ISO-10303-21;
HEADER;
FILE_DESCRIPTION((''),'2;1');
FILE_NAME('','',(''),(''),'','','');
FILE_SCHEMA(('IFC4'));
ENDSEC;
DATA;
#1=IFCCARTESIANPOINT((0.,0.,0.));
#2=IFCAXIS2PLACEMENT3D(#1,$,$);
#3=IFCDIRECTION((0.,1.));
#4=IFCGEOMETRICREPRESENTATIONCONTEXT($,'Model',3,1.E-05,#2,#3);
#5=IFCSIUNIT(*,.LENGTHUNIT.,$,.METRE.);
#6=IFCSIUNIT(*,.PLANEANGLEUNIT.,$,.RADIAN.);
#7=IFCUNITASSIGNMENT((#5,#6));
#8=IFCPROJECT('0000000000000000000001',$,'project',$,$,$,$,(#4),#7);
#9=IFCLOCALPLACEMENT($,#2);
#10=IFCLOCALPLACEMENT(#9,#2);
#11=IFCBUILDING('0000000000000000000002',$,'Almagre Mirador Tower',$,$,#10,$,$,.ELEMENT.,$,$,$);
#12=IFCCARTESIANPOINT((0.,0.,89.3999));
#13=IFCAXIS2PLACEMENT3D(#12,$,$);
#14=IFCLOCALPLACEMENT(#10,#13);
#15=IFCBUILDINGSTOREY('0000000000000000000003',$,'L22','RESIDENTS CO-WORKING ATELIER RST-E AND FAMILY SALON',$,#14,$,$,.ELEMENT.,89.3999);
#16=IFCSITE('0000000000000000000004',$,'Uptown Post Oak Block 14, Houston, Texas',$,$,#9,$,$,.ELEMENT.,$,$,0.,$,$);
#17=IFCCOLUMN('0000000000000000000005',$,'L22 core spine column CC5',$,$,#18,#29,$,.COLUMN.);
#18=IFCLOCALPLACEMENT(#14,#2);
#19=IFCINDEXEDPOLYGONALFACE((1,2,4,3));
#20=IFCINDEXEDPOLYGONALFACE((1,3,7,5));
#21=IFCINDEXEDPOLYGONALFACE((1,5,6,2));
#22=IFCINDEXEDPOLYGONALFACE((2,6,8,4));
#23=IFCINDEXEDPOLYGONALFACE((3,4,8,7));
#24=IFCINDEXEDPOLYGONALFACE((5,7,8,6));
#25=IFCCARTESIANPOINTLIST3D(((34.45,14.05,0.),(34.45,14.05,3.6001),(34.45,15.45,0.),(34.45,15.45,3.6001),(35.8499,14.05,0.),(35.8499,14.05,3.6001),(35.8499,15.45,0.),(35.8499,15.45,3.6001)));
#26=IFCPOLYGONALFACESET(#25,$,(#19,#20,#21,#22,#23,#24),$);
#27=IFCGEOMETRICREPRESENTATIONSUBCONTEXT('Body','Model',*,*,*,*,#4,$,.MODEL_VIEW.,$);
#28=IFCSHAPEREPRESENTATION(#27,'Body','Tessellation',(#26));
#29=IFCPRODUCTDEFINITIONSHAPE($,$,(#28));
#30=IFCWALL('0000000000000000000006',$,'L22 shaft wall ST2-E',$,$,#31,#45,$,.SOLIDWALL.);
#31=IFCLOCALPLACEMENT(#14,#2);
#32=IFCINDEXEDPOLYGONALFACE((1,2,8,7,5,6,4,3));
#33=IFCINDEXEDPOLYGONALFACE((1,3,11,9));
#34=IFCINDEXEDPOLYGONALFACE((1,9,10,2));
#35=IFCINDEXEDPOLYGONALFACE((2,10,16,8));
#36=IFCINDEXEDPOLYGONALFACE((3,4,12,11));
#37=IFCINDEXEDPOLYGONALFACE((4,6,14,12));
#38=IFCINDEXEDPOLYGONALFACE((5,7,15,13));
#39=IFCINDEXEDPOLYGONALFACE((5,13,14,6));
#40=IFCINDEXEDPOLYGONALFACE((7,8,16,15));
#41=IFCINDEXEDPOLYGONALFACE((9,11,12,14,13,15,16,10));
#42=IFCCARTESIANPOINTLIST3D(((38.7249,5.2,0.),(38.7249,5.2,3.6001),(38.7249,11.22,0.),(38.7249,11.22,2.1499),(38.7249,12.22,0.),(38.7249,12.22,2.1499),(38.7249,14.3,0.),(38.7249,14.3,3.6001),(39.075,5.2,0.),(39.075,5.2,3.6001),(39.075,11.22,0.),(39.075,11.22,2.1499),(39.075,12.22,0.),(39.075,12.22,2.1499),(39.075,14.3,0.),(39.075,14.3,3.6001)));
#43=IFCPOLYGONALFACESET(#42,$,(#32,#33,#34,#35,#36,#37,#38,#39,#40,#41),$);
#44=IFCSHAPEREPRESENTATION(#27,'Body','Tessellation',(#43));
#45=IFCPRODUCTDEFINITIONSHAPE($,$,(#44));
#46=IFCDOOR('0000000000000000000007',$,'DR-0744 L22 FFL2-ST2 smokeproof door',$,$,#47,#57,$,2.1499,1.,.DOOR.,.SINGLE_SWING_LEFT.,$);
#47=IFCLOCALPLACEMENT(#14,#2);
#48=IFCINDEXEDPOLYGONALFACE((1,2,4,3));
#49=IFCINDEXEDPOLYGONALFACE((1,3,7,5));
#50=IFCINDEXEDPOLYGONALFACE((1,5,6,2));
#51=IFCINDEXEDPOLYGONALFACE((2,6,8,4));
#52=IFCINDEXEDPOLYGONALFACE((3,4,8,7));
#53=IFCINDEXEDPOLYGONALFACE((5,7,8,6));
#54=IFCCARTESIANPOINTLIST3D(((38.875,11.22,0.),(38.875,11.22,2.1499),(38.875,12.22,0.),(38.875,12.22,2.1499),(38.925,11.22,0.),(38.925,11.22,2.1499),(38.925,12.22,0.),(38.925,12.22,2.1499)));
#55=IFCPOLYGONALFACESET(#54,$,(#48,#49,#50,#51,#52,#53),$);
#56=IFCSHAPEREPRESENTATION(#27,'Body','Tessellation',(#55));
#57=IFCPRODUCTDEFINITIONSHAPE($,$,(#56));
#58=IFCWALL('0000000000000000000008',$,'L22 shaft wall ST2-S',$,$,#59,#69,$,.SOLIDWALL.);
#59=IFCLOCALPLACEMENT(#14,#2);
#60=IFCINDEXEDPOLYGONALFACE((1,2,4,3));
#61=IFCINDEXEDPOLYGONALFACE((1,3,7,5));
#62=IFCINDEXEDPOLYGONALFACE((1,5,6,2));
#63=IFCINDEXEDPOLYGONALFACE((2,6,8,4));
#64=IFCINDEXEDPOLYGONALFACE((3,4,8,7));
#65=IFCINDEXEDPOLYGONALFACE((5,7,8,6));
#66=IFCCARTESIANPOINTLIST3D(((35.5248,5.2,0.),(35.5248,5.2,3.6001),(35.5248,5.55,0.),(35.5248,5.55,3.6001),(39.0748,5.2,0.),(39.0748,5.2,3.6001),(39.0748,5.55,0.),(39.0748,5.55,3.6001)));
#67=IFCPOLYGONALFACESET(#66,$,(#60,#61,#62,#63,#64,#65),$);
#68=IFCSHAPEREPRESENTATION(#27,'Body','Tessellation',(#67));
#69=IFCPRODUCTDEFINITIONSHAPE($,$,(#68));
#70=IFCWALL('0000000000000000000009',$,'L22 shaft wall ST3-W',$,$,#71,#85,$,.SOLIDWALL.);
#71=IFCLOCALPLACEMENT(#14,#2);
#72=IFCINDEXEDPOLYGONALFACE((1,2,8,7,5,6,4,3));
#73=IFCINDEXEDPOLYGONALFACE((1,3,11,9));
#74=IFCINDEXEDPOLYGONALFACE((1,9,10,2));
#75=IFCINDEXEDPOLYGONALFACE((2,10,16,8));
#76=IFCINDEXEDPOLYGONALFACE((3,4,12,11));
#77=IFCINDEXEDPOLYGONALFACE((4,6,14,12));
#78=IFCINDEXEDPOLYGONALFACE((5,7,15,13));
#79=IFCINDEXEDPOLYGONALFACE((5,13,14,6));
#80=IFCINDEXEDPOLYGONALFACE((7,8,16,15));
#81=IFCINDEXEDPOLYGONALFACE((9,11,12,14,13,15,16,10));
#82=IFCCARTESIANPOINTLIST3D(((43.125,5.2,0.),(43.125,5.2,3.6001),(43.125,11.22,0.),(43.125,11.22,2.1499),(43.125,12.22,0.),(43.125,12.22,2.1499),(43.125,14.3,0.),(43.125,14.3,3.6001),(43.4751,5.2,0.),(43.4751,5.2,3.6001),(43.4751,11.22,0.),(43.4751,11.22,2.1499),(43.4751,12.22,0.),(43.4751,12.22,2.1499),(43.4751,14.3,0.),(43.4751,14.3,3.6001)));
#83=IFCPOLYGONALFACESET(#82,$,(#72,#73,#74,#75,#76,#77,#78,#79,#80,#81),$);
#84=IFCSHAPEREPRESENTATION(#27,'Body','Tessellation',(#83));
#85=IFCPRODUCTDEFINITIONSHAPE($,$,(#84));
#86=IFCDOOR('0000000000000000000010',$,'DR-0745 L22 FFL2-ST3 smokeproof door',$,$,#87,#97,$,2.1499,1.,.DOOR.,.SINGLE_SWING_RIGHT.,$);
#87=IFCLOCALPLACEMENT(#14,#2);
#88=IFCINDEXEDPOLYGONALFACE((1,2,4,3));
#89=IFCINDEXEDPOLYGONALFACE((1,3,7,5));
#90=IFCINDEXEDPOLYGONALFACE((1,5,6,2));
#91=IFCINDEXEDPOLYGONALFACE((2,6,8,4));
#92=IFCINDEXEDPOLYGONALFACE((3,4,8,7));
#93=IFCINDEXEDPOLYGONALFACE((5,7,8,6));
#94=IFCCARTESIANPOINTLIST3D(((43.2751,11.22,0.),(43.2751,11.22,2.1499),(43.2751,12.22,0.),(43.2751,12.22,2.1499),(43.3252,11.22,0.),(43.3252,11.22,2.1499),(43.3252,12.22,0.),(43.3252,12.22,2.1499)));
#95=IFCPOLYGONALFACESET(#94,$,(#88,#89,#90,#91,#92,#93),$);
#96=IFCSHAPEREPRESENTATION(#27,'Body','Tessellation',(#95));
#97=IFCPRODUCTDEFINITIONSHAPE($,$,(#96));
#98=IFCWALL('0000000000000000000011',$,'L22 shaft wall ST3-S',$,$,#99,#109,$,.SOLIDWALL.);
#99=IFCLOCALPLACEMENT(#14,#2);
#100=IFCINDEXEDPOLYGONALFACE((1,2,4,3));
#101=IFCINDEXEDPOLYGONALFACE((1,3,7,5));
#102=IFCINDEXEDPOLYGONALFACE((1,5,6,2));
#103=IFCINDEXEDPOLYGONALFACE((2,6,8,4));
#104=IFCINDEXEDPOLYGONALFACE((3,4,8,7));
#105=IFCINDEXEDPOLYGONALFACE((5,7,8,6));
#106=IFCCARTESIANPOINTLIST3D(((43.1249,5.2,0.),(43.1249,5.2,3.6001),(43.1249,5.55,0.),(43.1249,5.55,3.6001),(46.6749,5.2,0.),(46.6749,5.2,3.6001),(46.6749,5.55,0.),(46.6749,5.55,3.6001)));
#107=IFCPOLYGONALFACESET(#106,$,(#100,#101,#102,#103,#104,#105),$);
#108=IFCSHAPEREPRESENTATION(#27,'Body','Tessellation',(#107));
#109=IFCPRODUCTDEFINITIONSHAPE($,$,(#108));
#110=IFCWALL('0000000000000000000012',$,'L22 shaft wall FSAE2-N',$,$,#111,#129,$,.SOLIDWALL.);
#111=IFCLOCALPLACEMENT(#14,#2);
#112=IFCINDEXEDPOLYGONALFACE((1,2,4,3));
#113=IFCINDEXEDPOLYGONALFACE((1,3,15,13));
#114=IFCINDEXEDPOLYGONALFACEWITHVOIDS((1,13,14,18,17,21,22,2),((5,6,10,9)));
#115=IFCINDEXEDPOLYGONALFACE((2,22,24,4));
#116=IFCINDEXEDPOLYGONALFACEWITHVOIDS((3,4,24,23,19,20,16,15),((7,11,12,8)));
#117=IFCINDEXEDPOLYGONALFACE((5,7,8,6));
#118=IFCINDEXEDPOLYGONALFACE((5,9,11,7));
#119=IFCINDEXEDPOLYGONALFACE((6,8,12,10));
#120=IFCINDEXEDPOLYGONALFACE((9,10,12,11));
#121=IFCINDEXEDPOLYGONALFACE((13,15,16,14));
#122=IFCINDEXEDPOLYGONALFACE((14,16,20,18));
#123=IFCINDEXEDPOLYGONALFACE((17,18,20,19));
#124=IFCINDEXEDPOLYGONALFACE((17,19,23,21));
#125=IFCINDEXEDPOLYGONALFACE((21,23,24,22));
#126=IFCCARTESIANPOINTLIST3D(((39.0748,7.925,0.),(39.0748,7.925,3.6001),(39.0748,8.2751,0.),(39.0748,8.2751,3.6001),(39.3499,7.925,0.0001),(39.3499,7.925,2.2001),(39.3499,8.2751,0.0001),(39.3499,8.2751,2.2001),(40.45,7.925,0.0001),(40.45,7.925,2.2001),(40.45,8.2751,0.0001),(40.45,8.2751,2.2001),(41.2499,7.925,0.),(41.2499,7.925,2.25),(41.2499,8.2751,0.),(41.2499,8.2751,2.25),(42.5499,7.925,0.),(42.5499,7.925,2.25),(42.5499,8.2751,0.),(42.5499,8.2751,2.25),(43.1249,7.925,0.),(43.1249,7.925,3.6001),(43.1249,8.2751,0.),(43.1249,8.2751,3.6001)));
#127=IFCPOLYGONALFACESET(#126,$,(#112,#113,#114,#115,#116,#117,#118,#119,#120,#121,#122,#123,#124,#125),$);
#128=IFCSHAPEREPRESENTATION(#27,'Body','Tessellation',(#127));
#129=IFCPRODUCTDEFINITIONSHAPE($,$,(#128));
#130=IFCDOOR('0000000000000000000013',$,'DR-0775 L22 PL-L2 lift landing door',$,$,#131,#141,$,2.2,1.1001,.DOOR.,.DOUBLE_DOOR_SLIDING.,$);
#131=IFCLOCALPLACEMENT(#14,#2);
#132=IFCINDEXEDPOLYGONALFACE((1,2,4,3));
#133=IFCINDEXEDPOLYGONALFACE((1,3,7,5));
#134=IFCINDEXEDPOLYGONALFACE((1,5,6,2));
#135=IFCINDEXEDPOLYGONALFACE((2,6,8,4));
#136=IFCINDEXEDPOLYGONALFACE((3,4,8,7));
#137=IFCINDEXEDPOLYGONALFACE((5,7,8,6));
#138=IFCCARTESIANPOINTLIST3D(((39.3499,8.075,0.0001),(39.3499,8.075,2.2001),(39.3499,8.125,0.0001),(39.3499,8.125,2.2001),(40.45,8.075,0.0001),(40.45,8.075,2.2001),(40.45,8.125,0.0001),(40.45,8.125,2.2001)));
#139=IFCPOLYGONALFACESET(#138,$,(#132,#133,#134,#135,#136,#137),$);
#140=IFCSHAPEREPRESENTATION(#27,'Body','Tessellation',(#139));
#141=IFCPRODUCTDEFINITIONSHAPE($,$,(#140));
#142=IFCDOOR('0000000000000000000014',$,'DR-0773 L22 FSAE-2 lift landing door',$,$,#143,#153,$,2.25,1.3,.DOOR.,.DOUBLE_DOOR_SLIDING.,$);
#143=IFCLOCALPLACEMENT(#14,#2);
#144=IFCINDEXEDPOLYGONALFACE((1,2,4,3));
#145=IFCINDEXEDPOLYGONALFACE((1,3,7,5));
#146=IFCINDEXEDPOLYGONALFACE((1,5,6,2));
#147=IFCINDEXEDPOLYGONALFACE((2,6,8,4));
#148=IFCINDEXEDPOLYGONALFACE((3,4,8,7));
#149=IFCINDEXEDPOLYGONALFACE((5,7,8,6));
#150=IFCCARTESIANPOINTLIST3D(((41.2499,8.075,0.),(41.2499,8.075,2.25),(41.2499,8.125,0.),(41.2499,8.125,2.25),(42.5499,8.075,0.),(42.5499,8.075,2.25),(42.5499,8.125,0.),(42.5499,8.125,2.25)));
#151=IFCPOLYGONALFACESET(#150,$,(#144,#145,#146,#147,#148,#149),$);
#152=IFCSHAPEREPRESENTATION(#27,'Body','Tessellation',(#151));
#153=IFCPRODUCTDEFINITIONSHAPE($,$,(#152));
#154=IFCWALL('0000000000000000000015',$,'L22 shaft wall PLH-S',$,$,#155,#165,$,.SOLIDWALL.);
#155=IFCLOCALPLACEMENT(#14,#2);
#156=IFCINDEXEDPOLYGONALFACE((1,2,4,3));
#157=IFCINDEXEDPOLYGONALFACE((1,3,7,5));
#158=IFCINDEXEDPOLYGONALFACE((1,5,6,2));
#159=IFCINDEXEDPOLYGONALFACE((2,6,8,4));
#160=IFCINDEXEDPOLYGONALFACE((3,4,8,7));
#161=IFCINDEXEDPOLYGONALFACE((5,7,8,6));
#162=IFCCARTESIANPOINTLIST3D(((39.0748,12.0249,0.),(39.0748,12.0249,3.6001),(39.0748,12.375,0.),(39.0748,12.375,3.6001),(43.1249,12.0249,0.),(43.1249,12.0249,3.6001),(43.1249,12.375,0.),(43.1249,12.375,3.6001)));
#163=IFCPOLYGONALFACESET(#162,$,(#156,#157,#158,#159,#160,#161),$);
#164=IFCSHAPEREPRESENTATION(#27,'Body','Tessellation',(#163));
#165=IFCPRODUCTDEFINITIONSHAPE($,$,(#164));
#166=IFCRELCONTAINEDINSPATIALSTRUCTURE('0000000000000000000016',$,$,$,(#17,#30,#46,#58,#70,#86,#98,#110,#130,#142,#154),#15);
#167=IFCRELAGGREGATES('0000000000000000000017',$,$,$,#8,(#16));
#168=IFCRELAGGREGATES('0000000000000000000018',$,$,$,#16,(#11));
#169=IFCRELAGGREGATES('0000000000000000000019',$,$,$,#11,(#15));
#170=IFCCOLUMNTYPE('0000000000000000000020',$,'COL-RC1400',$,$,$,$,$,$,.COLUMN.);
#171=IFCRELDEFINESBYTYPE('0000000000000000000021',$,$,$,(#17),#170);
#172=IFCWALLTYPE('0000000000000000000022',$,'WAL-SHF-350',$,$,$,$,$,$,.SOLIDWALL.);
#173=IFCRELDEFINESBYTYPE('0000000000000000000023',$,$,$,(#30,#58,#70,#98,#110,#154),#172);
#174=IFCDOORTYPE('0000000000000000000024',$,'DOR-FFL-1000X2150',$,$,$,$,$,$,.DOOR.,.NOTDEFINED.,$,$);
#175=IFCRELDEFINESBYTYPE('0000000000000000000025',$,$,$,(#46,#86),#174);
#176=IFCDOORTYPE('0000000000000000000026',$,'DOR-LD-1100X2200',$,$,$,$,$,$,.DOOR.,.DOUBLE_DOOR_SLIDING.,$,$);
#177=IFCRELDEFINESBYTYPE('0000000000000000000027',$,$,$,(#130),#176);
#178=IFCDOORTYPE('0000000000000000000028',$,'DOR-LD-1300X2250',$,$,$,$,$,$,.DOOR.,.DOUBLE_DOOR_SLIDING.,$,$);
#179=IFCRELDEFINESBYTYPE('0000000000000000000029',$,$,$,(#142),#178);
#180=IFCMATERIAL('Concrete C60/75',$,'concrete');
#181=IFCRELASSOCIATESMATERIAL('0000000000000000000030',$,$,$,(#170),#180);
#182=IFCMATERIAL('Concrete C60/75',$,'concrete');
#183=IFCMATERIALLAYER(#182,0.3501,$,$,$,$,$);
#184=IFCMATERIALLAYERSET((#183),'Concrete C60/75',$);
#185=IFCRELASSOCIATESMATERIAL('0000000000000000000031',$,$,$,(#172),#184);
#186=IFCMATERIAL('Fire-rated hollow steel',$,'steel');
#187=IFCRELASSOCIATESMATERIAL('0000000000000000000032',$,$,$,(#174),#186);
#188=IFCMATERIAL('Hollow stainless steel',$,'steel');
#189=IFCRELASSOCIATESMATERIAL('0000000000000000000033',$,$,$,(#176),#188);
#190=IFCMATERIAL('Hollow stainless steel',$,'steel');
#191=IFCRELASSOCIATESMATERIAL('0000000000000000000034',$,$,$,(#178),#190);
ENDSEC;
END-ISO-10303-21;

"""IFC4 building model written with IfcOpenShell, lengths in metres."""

from ifc_helpers import new_model, si_unit, direction, frame, frame_2d, origin, origin_2d, place, context, subcontext, project, spatial, rectangle, extrude, material, layer, layer_set, material_profile, profile_set, type_object, element, fill, save


model = new_model("IFC4")

# Units and contexts
model_context = context("Model", 3, precision=1e-05, world=origin(), true_north=direction((0.0, 1.0)))
body_context = subcontext(model_context, "Body", "Model", "MODEL_VIEW")
ifc_project = project(units=[si_unit("LENGTHUNIT", "METRE"), si_unit("PLANEANGLEUNIT", "RADIAN")], contexts=[model_context])

# Site, building, storey
site_placement = place(None, origin())
site = spatial("IfcSite", under=ifc_project, at=site_placement, Name="Uptown Post Oak Block 14, Houston, Texas", CompositionType="ELEMENT", RefElevation=0.0)
building_placement = place(site_placement, origin())
building = spatial("IfcBuilding", under=site, at=building_placement, Name="Almagre Mirador Tower", CompositionType="ELEMENT")
storey_placement = place(building_placement, frame((0.0, 0.0, 89.3999)))
storey = spatial("IfcBuildingStorey", under=building, at=storey_placement, Name="L22", Description="RESIDENTS CO-WORKING ATELIER RST-E AND FAMILY SALON", CompositionType="ELEMENT", Elevation=89.3999)

# Column
ifc_material_1 = material(Name="Concrete C60/75", Category="concrete")
ifc_material_profile = material_profile(ifc_material_1, rectangle(XDim=1.3999, YDim=1.3999, at=origin_2d()), Name="RC1400X1400")
ifc_profile_set = profile_set([ifc_material_profile], Name="Concrete C60/75")
column_type = type_object("IfcColumnType", Name="COL-RC1400", PredefinedType="COLUMN", material=ifc_profile_set)
column_placement = place(storey_placement, frame((35.1499, 14.75, 0.0), z_axis=(0.0, 0.0, 1.0), x_axis=(1.0, 0.0, 0.0)))
element("IfcColumn", 1, at=column_placement, inside=storey, type_object=column_type, Name="L22 core spine column CC5", PredefinedType="COLUMN", context=body_context, shape_type="SweptSolid", body=[
    extrude(rectangle(XDim=1.3999, YDim=1.3999, at=origin_2d()), origin(), (0.0, 0.0, 1.0), 3.6001),
])

# Wall, opening, door
ifc_material_2 = material(Name="Concrete C60/75", Category="concrete")
ifc_layer = layer(ifc_material_2, 0.3501)
ifc_layer_set = layer_set([ifc_layer], Name="Concrete C60/75")
wall_type = type_object("IfcWallType", Name="WAL-SHF-350", PredefinedType="SOLIDWALL", material=ifc_layer_set)
wall_1_placement = place(storey_placement, frame((38.8999, 5.2, 0.0), z_axis=(0.0, 0.0, 1.0), x_axis=(0.0, 1.0, 0.0)))
wall_1 = element("IfcWall", 2, at=wall_1_placement, inside=storey, type_object=wall_type, Name="L22 shaft wall ST2-E", PredefinedType="SOLIDWALL", context=body_context, shape_type="SweptSolid", body=[
    extrude(rectangle(XDim=9.1001, YDim=0.3501, at=frame_2d((4.55, 0.0))), origin(), (0.0, 0.0, 1.0), 3.6001),
])
opening_1_placement = place(wall_1_placement, frame((6.02, 0.0, 0.0)))
opening_1 = element("IfcOpeningElement", 3, at=opening_1_placement, cuts=wall_1, PredefinedType="OPENING", context=body_context, shape_type="SweptSolid", body=[
    extrude(rectangle(XDim=1.0, YDim=2.1499, at=frame_2d((0.5, 1.075))), frame((0.0, 0.185, 0.0), z_axis=(0.0, -1.0, 0.0), x_axis=(1.0, 0.0, 0.0)), (0.0, 0.0, 1.0), 0.3701),
])
ifc_material_3 = material(Name="Fire-rated hollow steel", Category="steel")
door_type_1 = type_object("IfcDoorType", Name="DOR-FFL-1000X2150", OperationType="NOTDEFINED", PredefinedType="DOOR", material=ifc_material_3)
door_1_placement = place(opening_1_placement, origin())
door_1 = element("IfcDoor", 4, at=door_1_placement, inside=storey, type_object=door_type_1, Name="DR-0744 L22 FFL2-ST2 smokeproof door", OperationType="SINGLE_SWING_LEFT", OverallHeight=2.1499, OverallWidth=1.0, PredefinedType="DOOR", context=body_context, shape_type="SweptSolid", body=[
    extrude(rectangle(XDim=1.0, YDim=2.1499, at=frame_2d((0.5, 1.075))), frame((0.0, 0.0249, 0.0), z_axis=(0.0, -1.0, 0.0), x_axis=(1.0, 0.0, 0.0)), (0.0, 0.0, 1.0), 0.05),
])
fill(opening_1, door_1)

# Wall
wall_2_placement = place(storey_placement, frame((35.5249, 5.375, 0.0), z_axis=(0.0, 0.0, 1.0), x_axis=(1.0, 0.0, 0.0)))
element("IfcWall", 5, at=wall_2_placement, inside=storey, type_object=wall_type, Name="L22 shaft wall ST2-S", PredefinedType="SOLIDWALL", context=body_context, shape_type="SweptSolid", body=[
    extrude(rectangle(XDim=3.55, YDim=0.3501, at=frame_2d((1.7749, 0.0))), origin(), (0.0, 0.0, 1.0), 3.6001),
])

# Wall, opening, door
wall_3_placement = place(storey_placement, frame((43.3, 5.2, 0.0), z_axis=(0.0, 0.0, 1.0), x_axis=(0.0, 1.0, 0.0)))
wall_3 = element("IfcWall", 6, at=wall_3_placement, inside=storey, type_object=wall_type, Name="L22 shaft wall ST3-W", PredefinedType="SOLIDWALL", context=body_context, shape_type="SweptSolid", body=[
    extrude(rectangle(XDim=9.1001, YDim=0.3501, at=frame_2d((4.55, 0.0))), origin(), (0.0, 0.0, 1.0), 3.6001),
])
opening_2_placement = place(wall_3_placement, frame((6.02, 0.0, 0.0)))
opening_2 = element("IfcOpeningElement", 7, at=opening_2_placement, cuts=wall_3, PredefinedType="OPENING", context=body_context, shape_type="SweptSolid", body=[
    extrude(rectangle(XDim=1.0, YDim=2.1499, at=frame_2d((0.5, 1.075))), frame((0.0, 0.185, 0.0), z_axis=(0.0, -1.0, 0.0), x_axis=(1.0, 0.0, 0.0)), (0.0, 0.0, 1.0), 0.3701),
])
door_2_placement = place(opening_2_placement, origin())
door_2 = element("IfcDoor", 8, at=door_2_placement, inside=storey, type_object=door_type_1, Name="DR-0745 L22 FFL2-ST3 smokeproof door", OperationType="SINGLE_SWING_RIGHT", OverallHeight=2.1499, OverallWidth=1.0, PredefinedType="DOOR", context=body_context, shape_type="SweptSolid", body=[
    extrude(rectangle(XDim=1.0, YDim=2.1499, at=frame_2d((0.5, 1.075))), frame((0.0, 0.0249, 0.0), z_axis=(0.0, -1.0, 0.0), x_axis=(1.0, 0.0, 0.0)), (0.0, 0.0, 1.0), 0.05),
])
fill(opening_2, door_2)

# Wall
wall_4_placement = place(storey_placement, frame((43.125, 5.375, 0.0), z_axis=(0.0, 0.0, 1.0), x_axis=(1.0, 0.0, 0.0)))
element("IfcWall", 9, at=wall_4_placement, inside=storey, type_object=wall_type, Name="L22 shaft wall ST3-S", PredefinedType="SOLIDWALL", context=body_context, shape_type="SweptSolid", body=[
    extrude(rectangle(XDim=3.55, YDim=0.3501, at=frame_2d((1.7749, 0.0))), origin(), (0.0, 0.0, 1.0), 3.6001),
])

# Wall, openings, doors
wall_5_placement = place(storey_placement, frame((39.075, 8.1001, 0.0), z_axis=(0.0, 0.0, 1.0), x_axis=(1.0, 0.0, 0.0)))
wall_5 = element("IfcWall", 10, at=wall_5_placement, inside=storey, type_object=wall_type, Name="L22 shaft wall FSAE2-N", PredefinedType="SOLIDWALL", context=body_context, shape_type="SweptSolid", body=[
    extrude(rectangle(XDim=4.05, YDim=0.3501, at=frame_2d((2.0249, 0.0))), origin(), (0.0, 0.0, 1.0), 3.6001),
])
opening_3_placement = place(wall_5_placement, frame((2.175, 0.0, 0.0)))
opening_3 = element("IfcOpeningElement", 11, at=opening_3_placement, cuts=wall_5, PredefinedType="OPENING", context=body_context, shape_type="SweptSolid", body=[
    extrude(rectangle(XDim=1.3, YDim=2.25, at=frame_2d((0.6499, 1.125))), frame((0.0, 0.185, 0.0), z_axis=(0.0, -1.0, 0.0), x_axis=(1.0, 0.0, 0.0)), (0.0, 0.0, 1.0), 0.3701),
])
opening_4_placement = place(wall_5_placement, frame((0.2749, 0.0, 0.0)))
opening_4 = element("IfcOpeningElement", 12, at=opening_4_placement, cuts=wall_5, PredefinedType="OPENING", context=body_context, shape_type="SweptSolid", body=[
    extrude(rectangle(XDim=1.1001, YDim=2.2, at=frame_2d((0.55, 1.1001))), frame((0.0, 0.185, 0.0), z_axis=(0.0, -1.0, 0.0), x_axis=(1.0, 0.0, 0.0)), (0.0, 0.0, 1.0), 0.3701),
])
ifc_material_4 = material(Name="Hollow stainless steel", Category="steel")
door_type_2 = type_object("IfcDoorType", Name="DOR-LD-1100X2200", OperationType="DOUBLE_DOOR_SLIDING", PredefinedType="DOOR", material=ifc_material_4)
door_3_placement = place(opening_4_placement, origin())
door_3 = element("IfcDoor", 13, at=door_3_placement, inside=storey, type_object=door_type_2, Name="DR-0775 L22 PL-L2 lift landing door", OperationType="DOUBLE_DOOR_SLIDING", OverallHeight=2.2, OverallWidth=1.1001, PredefinedType="DOOR", context=body_context, shape_type="SweptSolid", body=[
    extrude(rectangle(XDim=1.1001, YDim=2.2, at=frame_2d((0.55, 1.1001))), frame((0.0, 0.0249, 0.0), z_axis=(0.0, -1.0, 0.0), x_axis=(1.0, 0.0, 0.0)), (0.0, 0.0, 1.0), 0.05),
])
fill(opening_4, door_3)
ifc_material_5 = material(Name="Hollow stainless steel", Category="steel")
door_type_3 = type_object("IfcDoorType", Name="DOR-LD-1300X2250", OperationType="DOUBLE_DOOR_SLIDING", PredefinedType="DOOR", material=ifc_material_5)
door_4_placement = place(opening_3_placement, origin())
door_4 = element("IfcDoor", 14, at=door_4_placement, inside=storey, type_object=door_type_3, Name="DR-0773 L22 FSAE-2 lift landing door", OperationType="DOUBLE_DOOR_SLIDING", OverallHeight=2.25, OverallWidth=1.3, PredefinedType="DOOR", context=body_context, shape_type="SweptSolid", body=[
    extrude(rectangle(XDim=1.3, YDim=2.25, at=frame_2d((0.6499, 1.125))), frame((0.0, 0.0249, 0.0), z_axis=(0.0, -1.0, 0.0), x_axis=(1.0, 0.0, 0.0)), (0.0, 0.0, 1.0), 0.05),
])
fill(opening_3, door_4)

# Wall
wall_6_placement = place(storey_placement, frame((39.075, 12.2, 0.0), z_axis=(0.0, 0.0, 1.0), x_axis=(1.0, 0.0, 0.0)))
element("IfcWall", 15, at=wall_6_placement, inside=storey, type_object=wall_type, Name="L22 shaft wall PLH-S", PredefinedType="SOLIDWALL", context=body_context, shape_type="SweptSolid", body=[
    extrude(rectangle(XDim=4.05, YDim=0.3501, at=frame_2d((2.0249, 0.0))), origin(), (0.0, 0.0, 1.0), 3.6001),
])

save(model, "model.ifc")
